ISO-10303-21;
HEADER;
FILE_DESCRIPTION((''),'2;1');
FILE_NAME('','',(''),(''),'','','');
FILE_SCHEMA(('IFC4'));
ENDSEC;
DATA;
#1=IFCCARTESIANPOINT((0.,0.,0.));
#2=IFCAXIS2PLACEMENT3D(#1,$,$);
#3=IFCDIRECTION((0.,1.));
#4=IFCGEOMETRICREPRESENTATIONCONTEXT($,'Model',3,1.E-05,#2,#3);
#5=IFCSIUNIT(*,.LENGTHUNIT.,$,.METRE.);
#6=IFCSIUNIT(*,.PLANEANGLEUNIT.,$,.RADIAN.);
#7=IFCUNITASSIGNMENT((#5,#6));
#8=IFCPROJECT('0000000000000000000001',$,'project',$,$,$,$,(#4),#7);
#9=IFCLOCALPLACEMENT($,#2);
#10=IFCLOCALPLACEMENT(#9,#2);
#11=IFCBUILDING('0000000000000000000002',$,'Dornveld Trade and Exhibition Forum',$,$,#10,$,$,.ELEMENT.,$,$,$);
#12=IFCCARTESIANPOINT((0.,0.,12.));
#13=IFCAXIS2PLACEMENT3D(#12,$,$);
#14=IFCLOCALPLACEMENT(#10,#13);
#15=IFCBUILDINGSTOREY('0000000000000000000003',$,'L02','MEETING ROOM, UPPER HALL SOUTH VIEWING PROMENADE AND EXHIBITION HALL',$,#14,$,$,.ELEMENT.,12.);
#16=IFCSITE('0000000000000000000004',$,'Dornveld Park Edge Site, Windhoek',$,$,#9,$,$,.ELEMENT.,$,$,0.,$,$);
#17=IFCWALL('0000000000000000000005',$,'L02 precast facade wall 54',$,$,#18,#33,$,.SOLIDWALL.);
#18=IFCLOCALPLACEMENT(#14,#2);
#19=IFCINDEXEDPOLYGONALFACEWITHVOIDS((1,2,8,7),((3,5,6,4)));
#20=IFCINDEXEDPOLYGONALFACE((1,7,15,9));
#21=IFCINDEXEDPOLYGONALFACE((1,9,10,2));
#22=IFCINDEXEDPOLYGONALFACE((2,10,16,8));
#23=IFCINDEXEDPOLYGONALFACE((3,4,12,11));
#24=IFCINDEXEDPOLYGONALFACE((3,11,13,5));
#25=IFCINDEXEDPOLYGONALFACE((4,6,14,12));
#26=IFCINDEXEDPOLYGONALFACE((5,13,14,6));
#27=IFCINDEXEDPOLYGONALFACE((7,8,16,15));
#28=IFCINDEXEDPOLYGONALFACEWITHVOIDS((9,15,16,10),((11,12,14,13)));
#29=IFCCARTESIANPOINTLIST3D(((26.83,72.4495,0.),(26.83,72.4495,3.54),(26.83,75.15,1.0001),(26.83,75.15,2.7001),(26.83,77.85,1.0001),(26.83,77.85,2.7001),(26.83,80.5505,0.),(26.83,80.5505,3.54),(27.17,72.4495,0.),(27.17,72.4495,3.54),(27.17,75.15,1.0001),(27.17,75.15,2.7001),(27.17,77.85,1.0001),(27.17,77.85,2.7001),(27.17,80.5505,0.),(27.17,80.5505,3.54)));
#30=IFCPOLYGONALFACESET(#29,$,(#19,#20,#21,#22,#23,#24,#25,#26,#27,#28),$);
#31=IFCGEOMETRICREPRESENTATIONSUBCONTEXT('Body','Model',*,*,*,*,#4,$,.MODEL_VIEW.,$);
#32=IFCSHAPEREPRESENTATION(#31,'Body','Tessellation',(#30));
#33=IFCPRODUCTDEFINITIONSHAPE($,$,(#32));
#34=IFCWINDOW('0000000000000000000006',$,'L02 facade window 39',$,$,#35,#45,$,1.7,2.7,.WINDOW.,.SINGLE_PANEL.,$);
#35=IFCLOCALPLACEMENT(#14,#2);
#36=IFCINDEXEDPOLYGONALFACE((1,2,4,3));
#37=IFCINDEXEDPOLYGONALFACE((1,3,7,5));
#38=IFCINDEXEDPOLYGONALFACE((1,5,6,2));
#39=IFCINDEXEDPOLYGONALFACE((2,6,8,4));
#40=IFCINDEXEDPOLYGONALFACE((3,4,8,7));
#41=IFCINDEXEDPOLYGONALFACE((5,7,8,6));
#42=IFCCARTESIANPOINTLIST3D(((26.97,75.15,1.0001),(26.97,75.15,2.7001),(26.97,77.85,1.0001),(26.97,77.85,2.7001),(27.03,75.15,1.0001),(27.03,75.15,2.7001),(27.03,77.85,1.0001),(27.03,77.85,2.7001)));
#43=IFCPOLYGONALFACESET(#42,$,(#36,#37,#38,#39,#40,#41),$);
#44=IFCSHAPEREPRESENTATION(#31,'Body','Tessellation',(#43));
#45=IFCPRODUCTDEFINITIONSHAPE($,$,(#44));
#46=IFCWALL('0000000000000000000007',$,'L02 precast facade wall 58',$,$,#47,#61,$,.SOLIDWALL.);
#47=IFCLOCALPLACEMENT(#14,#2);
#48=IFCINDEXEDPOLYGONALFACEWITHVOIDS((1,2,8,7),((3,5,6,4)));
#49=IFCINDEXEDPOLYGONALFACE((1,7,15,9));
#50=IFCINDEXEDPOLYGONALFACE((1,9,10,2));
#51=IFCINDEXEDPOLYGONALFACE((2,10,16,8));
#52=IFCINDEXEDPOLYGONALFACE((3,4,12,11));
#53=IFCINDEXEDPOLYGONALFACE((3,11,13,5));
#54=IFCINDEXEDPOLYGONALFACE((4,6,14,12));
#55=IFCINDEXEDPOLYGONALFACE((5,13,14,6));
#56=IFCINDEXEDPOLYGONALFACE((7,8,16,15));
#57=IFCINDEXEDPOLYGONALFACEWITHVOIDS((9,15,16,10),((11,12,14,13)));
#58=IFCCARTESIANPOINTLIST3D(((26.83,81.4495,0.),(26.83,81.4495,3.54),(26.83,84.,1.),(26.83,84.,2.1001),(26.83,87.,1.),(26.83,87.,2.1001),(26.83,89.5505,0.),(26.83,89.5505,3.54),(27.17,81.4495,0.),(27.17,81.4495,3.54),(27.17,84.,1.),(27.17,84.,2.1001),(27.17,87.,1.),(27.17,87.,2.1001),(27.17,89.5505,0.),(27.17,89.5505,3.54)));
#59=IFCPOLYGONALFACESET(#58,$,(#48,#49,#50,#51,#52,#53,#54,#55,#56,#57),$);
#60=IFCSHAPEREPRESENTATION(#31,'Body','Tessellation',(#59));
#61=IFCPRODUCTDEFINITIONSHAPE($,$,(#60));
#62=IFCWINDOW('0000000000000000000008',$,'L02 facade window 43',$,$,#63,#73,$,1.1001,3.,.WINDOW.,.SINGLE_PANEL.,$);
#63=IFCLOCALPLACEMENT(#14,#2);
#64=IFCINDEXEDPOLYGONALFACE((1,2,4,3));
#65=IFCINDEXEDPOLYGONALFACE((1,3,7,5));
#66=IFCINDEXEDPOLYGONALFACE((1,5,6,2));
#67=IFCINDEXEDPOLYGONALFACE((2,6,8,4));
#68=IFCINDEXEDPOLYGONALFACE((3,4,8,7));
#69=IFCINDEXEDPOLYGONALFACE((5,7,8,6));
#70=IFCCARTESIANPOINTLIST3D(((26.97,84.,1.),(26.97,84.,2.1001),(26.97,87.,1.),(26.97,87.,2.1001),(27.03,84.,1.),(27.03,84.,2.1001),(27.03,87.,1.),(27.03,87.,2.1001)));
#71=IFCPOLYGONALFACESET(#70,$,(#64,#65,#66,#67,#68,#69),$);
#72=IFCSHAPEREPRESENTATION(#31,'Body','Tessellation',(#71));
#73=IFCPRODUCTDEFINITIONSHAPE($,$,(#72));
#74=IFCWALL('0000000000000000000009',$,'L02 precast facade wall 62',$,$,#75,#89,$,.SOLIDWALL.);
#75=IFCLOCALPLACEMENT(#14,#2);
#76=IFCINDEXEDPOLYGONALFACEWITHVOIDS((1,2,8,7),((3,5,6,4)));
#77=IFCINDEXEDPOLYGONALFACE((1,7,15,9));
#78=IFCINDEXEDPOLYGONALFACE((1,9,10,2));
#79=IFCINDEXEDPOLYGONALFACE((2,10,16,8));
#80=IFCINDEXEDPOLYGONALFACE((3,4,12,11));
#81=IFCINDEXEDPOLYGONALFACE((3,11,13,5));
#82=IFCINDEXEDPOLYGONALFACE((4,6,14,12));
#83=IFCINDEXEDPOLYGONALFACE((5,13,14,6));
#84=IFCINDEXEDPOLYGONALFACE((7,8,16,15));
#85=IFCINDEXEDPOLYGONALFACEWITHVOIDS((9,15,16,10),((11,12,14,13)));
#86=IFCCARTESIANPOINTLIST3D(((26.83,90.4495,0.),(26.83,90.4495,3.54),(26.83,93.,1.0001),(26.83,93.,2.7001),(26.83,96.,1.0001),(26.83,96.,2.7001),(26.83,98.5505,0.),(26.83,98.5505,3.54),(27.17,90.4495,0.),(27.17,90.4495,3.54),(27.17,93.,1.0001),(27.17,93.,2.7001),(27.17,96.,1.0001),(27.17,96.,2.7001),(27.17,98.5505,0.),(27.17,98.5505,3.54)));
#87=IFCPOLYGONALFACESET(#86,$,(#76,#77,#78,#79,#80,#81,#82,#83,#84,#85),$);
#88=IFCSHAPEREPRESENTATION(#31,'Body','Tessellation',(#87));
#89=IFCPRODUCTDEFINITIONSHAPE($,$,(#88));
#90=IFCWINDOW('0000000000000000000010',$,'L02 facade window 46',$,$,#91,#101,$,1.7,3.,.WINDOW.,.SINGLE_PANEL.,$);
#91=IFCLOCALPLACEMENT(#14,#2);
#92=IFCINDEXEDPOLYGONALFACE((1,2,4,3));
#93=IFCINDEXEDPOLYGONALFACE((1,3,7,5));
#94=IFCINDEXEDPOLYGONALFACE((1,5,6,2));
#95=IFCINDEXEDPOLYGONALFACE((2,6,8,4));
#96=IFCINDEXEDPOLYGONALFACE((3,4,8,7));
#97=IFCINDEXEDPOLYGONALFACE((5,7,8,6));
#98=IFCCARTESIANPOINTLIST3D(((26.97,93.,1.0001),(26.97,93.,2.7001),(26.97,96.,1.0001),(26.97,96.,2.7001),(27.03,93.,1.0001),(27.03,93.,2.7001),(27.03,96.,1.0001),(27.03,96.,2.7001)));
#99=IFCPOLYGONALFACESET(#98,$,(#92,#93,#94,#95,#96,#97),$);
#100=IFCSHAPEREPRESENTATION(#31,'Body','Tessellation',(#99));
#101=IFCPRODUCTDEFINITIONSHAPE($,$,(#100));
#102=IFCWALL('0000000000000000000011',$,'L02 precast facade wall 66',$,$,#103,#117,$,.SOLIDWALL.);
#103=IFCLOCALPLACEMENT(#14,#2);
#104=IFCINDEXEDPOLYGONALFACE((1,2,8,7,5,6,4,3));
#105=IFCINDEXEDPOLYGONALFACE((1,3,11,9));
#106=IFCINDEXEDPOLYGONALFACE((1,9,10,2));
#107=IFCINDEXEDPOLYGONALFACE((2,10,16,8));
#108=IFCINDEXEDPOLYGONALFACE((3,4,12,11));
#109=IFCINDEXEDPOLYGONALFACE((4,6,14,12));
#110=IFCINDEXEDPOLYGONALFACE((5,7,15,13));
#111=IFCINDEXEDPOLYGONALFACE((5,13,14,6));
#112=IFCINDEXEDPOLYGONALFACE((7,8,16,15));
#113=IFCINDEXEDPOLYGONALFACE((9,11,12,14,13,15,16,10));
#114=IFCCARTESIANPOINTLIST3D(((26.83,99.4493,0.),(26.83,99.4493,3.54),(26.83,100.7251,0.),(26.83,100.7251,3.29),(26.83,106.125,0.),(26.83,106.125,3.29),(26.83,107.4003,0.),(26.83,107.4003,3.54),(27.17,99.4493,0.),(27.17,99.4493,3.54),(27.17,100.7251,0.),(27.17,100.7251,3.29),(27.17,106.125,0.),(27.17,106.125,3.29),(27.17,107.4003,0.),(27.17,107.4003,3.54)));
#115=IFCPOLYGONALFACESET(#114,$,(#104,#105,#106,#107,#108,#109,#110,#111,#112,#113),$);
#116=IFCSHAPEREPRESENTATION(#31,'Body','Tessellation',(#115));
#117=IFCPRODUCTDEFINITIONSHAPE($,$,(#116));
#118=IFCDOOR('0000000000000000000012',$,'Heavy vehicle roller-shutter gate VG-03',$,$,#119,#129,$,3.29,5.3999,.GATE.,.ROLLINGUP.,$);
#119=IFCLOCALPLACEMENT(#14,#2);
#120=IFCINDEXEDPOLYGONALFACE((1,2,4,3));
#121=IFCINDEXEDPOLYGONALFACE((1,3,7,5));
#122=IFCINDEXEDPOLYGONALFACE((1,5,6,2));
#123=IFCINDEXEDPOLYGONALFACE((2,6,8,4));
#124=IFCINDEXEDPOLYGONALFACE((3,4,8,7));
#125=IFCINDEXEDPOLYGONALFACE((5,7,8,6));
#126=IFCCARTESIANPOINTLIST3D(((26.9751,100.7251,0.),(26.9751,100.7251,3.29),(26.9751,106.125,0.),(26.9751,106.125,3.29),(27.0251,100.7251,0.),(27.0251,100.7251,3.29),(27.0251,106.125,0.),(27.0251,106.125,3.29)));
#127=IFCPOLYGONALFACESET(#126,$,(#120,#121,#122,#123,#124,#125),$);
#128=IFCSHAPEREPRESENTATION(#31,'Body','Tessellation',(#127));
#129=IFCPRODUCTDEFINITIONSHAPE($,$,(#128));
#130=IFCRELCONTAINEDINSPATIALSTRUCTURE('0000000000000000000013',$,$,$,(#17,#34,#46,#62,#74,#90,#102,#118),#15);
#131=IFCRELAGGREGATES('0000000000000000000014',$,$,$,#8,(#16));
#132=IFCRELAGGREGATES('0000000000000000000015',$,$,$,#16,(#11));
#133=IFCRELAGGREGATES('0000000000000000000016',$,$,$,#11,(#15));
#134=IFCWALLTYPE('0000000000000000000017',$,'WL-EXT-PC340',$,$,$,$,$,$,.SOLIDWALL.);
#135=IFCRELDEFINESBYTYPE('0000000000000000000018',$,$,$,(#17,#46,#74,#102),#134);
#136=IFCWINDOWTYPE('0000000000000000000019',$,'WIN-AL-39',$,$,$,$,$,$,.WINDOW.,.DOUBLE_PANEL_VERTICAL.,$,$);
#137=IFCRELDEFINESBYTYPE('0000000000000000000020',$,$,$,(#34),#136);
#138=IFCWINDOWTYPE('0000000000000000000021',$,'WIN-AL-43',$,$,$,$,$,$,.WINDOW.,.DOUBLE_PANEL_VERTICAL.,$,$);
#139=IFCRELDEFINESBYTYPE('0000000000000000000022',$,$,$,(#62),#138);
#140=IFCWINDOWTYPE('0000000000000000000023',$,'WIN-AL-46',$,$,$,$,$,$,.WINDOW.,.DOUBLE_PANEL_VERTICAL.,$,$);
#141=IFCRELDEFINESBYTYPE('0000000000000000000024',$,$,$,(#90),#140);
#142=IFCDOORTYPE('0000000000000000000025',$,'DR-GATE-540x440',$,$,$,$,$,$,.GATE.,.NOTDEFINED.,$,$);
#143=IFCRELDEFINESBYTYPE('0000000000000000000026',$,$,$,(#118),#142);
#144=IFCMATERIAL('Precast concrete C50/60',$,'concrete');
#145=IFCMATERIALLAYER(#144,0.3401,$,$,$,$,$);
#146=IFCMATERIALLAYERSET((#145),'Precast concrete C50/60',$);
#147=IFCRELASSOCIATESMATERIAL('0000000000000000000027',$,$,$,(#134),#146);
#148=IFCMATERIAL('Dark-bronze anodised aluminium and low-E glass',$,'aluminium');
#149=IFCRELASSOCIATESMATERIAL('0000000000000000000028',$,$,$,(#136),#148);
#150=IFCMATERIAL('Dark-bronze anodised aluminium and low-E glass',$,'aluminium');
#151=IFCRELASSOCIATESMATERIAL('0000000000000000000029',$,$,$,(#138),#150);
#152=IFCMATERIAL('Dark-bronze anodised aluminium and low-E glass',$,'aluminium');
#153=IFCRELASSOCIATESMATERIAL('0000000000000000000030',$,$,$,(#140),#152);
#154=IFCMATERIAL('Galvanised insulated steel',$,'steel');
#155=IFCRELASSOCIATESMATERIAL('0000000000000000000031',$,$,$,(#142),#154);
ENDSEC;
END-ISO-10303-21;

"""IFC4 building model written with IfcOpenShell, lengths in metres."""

from ifc_helpers import new_model, si_unit, direction, frame, frame_2d, origin, place, context, subcontext, project, spatial, rectangle, extrude, material, layer, layer_set, type_object, element, fill, save


model = new_model("IFC4")

# Units and contexts
model_context = context("Model", 3, precision=1e-05, world=origin(), true_north=direction((0.0, 1.0)))
body_context = subcontext(model_context, "Body", "Model", "MODEL_VIEW")
ifc_project = project(units=[si_unit("LENGTHUNIT", "METRE"), si_unit("PLANEANGLEUNIT", "RADIAN")], contexts=[model_context])

# Site, building, storey
site_placement = place(None, origin())
site = spatial("IfcSite", under=ifc_project, at=site_placement, Name="Dornveld Park Edge Site, Windhoek", CompositionType="ELEMENT", RefElevation=0.0)
building_placement = place(site_placement, origin())
building = spatial("IfcBuilding", under=site, at=building_placement, Name="Dornveld Trade and Exhibition Forum", CompositionType="ELEMENT")
storey_placement = place(building_placement, frame((0.0, 0.0, 12.0)))
storey = spatial("IfcBuildingStorey", under=building, at=storey_placement, Name="L02", Description="MEETING ROOM, UPPER HALL SOUTH VIEWING PROMENADE AND EXHIBITION HALL", CompositionType="ELEMENT", Elevation=12.0)

# Walls, openings, windows
ifc_material_1 = material(Name="Precast concrete C50/60", Category="concrete")
ifc_layer_1 = layer(ifc_material_1, 0.3401)
ifc_layer_set_1 = layer_set([ifc_layer_1], Name="Precast concrete C50/60")
wall_type = type_object("IfcWallType", Name="WL-EXT-PC340", PredefinedType="SOLIDWALL", material=ifc_layer_set_1)
wall_1_placement = place(storey_placement, frame((27.0, 80.5505, 0.0), z_axis=(0.0, 0.0, 1.0), x_axis=(0.0, -1.0, 0.0)))
wall_1 = element("IfcWall", 1, at=wall_1_placement, inside=storey, type_object=wall_type, Name="L02 precast facade wall 54", PredefinedType="SOLIDWALL", context=body_context, shape_type="SweptSolid", body=[
    extrude(rectangle(XDim=8.1011, YDim=0.3401, at=frame_2d((4.0505, 0.0))), origin(), (0.0, 0.0, 1.0), 3.54),
])
opening_1_placement = place(wall_1_placement, frame((2.7004, 0.0, 1.0)))
opening_1 = element("IfcOpeningElement", 2, at=opening_1_placement, cuts=wall_1, PredefinedType="OPENING", context=body_context, shape_type="SweptSolid", body=[
    extrude(rectangle(XDim=2.7, YDim=1.7, at=frame_2d((1.3501, 0.8501))), frame((0.0, 0.1799, 0.0), z_axis=(0.0, -1.0, 0.0), x_axis=(1.0, 0.0, 0.0)), (0.0, 0.0, 1.0), 0.3601),
])
ifc_material_2 = material(Name="Dark-bronze anodised aluminium and low-E glass", Category="aluminium")
window_type_1 = type_object("IfcWindowType", Name="WIN-AL-39", PartitioningType="DOUBLE_PANEL_VERTICAL", PredefinedType="WINDOW", material=ifc_material_2)
window_1_placement = place(opening_1_placement, origin())
window_1 = element("IfcWindow", 3, at=window_1_placement, inside=storey, type_object=window_type_1, Name="L02 facade window 39", OverallHeight=1.7, OverallWidth=2.7, PartitioningType="SINGLE_PANEL", PredefinedType="WINDOW", context=body_context, shape_type="SweptSolid", body=[
    extrude(rectangle(XDim=2.7, YDim=1.7, at=frame_2d((1.3501, 0.8501))), frame((0.0, 0.03, 0.0), z_axis=(0.0, -1.0, 0.0), x_axis=(1.0, 0.0, 0.0)), (0.0, 0.0, 1.0), 0.0601),
])
fill(opening_1, window_1)
wall_2_placement = place(storey_placement, frame((27.0, 89.5505, 0.0), z_axis=(0.0, 0.0, 1.0), x_axis=(0.0, -1.0, 0.0)))
wall_2 = element("IfcWall", 4, at=wall_2_placement, inside=storey, type_object=wall_type, Name="L02 precast facade wall 58", PredefinedType="SOLIDWALL", context=body_context, shape_type="SweptSolid", body=[
    extrude(rectangle(XDim=8.1011, YDim=0.3401, at=frame_2d((4.0505, 0.0))), origin(), (0.0, 0.0, 1.0), 3.54),
])
opening_2_placement = place(wall_2_placement, frame((2.5505, 0.0, 1.0)))
opening_2 = element("IfcOpeningElement", 5, at=opening_2_placement, cuts=wall_2, PredefinedType="OPENING", context=body_context, shape_type="SweptSolid", body=[
    extrude(rectangle(XDim=3.0, YDim=1.1001, at=frame_2d((1.5, 0.55))), frame((0.0, 0.1799, 0.0), z_axis=(0.0, -1.0, 0.0), x_axis=(1.0, 0.0, 0.0)), (0.0, 0.0, 1.0), 0.3601),
])
ifc_material_3 = material(Name="Dark-bronze anodised aluminium and low-E glass", Category="aluminium")
window_type_2 = type_object("IfcWindowType", Name="WIN-AL-43", PartitioningType="DOUBLE_PANEL_VERTICAL", PredefinedType="WINDOW", material=ifc_material_3)
window_2_placement = place(opening_2_placement, origin())
window_2 = element("IfcWindow", 6, at=window_2_placement, inside=storey, type_object=window_type_2, Name="L02 facade window 43", OverallHeight=1.1001, OverallWidth=3.0, PartitioningType="SINGLE_PANEL", PredefinedType="WINDOW", context=body_context, shape_type="SweptSolid", body=[
    extrude(rectangle(XDim=3.0, YDim=1.1001, at=frame_2d((1.5, 0.55))), frame((0.0, 0.03, 0.0), z_axis=(0.0, -1.0, 0.0), x_axis=(1.0, 0.0, 0.0)), (0.0, 0.0, 1.0), 0.0601),
])
fill(opening_2, window_2)
wall_3_placement = place(storey_placement, frame((27.0, 98.5505, 0.0), z_axis=(0.0, 0.0, 1.0), x_axis=(0.0, -1.0, 0.0)))
wall_3 = element("IfcWall", 7, at=wall_3_placement, inside=storey, type_object=wall_type, Name="L02 precast facade wall 62", PredefinedType="SOLIDWALL", context=body_context, shape_type="SweptSolid", body=[
    extrude(rectangle(XDim=8.1011, YDim=0.3401, at=frame_2d((4.0505, 0.0))), origin(), (0.0, 0.0, 1.0), 3.54),
])
opening_3_placement = place(wall_3_placement, frame((2.5505, 0.0, 1.0)))
opening_3 = element("IfcOpeningElement", 8, at=opening_3_placement, cuts=wall_3, PredefinedType="OPENING", context=body_context, shape_type="SweptSolid", body=[
    extrude(rectangle(XDim=3.0, YDim=1.7, at=frame_2d((1.5, 0.8501))), frame((0.0, 0.1799, 0.0), z_axis=(0.0, -1.0, 0.0), x_axis=(1.0, 0.0, 0.0)), (0.0, 0.0, 1.0), 0.3601),
])
ifc_material_4 = material(Name="Dark-bronze anodised aluminium and low-E glass", Category="aluminium")
window_type_3 = type_object("IfcWindowType", Name="WIN-AL-46", PartitioningType="DOUBLE_PANEL_VERTICAL", PredefinedType="WINDOW", material=ifc_material_4)
window_3_placement = place(opening_3_placement, origin())
window_3 = element("IfcWindow", 9, at=window_3_placement, inside=storey, type_object=window_type_3, Name="L02 facade window 46", OverallHeight=1.7, OverallWidth=3.0, PartitioningType="SINGLE_PANEL", PredefinedType="WINDOW", context=body_context, shape_type="SweptSolid", body=[
    extrude(rectangle(XDim=3.0, YDim=1.7, at=frame_2d((1.5, 0.8501))), frame((0.0, 0.03, 0.0), z_axis=(0.0, -1.0, 0.0), x_axis=(1.0, 0.0, 0.0)), (0.0, 0.0, 1.0), 0.0601),
])
fill(opening_3, window_3)

# Wall, opening, door
wall_4_placement = place(storey_placement, frame((27.0, 107.4004, 0.0), z_axis=(0.0, 0.0, 1.0), x_axis=(0.0, -1.0, 0.0)))
wall_4 = element("IfcWall", 10, at=wall_4_placement, inside=storey, type_object=wall_type, Name="L02 precast facade wall 66", PredefinedType="SOLIDWALL", context=body_context, shape_type="SweptSolid", body=[
    extrude(rectangle(XDim=7.9509, YDim=0.3401, at=frame_2d((3.9756, 0.0))), origin(), (0.0, 0.0, 1.0), 3.54),
])
opening_4_placement = place(wall_4_placement, frame((1.2754, 0.0, 0.0)))
opening_4 = element("IfcOpeningElement", 11, at=opening_4_placement, cuts=wall_4, PredefinedType="OPENING", context=body_context, shape_type="SweptSolid", body=[
    extrude(rectangle(XDim=5.3999, YDim=3.29, at=frame_2d((2.7, 1.645))), frame((0.0, 0.1799, 0.0), z_axis=(0.0, -1.0, 0.0), x_axis=(1.0, 0.0, 0.0)), (0.0, 0.0, 1.0), 0.3601),
])
ifc_material_5 = material(Name="Galvanised insulated steel", Category="steel")
door_type = type_object("IfcDoorType", Name="DR-GATE-540x440", OperationType="NOTDEFINED", PredefinedType="GATE", material=ifc_material_5)
door_placement = place(opening_4_placement, frame((5.3999, 0.0, 0.0), z_axis=(0.0, 0.0, 1.0), x_axis=(-1.0, 0.0, 0.0)))
door = element("IfcDoor", 12, at=door_placement, inside=storey, type_object=door_type, Name="Heavy vehicle roller-shutter gate VG-03", OperationType="ROLLINGUP", OverallHeight=3.29, OverallWidth=5.3999, PredefinedType="GATE", context=body_context, shape_type="SweptSolid", body=[
    extrude(rectangle(XDim=5.3999, YDim=3.29, at=frame_2d((2.7, 1.645))), frame((0.0, 0.0249, 0.0), z_axis=(0.0, -1.0, 0.0), x_axis=(1.0, 0.0, 0.0)), (0.0, 0.0, 1.0), 0.05),
])
fill(opening_4, door)

save(model, "model.ifc")
